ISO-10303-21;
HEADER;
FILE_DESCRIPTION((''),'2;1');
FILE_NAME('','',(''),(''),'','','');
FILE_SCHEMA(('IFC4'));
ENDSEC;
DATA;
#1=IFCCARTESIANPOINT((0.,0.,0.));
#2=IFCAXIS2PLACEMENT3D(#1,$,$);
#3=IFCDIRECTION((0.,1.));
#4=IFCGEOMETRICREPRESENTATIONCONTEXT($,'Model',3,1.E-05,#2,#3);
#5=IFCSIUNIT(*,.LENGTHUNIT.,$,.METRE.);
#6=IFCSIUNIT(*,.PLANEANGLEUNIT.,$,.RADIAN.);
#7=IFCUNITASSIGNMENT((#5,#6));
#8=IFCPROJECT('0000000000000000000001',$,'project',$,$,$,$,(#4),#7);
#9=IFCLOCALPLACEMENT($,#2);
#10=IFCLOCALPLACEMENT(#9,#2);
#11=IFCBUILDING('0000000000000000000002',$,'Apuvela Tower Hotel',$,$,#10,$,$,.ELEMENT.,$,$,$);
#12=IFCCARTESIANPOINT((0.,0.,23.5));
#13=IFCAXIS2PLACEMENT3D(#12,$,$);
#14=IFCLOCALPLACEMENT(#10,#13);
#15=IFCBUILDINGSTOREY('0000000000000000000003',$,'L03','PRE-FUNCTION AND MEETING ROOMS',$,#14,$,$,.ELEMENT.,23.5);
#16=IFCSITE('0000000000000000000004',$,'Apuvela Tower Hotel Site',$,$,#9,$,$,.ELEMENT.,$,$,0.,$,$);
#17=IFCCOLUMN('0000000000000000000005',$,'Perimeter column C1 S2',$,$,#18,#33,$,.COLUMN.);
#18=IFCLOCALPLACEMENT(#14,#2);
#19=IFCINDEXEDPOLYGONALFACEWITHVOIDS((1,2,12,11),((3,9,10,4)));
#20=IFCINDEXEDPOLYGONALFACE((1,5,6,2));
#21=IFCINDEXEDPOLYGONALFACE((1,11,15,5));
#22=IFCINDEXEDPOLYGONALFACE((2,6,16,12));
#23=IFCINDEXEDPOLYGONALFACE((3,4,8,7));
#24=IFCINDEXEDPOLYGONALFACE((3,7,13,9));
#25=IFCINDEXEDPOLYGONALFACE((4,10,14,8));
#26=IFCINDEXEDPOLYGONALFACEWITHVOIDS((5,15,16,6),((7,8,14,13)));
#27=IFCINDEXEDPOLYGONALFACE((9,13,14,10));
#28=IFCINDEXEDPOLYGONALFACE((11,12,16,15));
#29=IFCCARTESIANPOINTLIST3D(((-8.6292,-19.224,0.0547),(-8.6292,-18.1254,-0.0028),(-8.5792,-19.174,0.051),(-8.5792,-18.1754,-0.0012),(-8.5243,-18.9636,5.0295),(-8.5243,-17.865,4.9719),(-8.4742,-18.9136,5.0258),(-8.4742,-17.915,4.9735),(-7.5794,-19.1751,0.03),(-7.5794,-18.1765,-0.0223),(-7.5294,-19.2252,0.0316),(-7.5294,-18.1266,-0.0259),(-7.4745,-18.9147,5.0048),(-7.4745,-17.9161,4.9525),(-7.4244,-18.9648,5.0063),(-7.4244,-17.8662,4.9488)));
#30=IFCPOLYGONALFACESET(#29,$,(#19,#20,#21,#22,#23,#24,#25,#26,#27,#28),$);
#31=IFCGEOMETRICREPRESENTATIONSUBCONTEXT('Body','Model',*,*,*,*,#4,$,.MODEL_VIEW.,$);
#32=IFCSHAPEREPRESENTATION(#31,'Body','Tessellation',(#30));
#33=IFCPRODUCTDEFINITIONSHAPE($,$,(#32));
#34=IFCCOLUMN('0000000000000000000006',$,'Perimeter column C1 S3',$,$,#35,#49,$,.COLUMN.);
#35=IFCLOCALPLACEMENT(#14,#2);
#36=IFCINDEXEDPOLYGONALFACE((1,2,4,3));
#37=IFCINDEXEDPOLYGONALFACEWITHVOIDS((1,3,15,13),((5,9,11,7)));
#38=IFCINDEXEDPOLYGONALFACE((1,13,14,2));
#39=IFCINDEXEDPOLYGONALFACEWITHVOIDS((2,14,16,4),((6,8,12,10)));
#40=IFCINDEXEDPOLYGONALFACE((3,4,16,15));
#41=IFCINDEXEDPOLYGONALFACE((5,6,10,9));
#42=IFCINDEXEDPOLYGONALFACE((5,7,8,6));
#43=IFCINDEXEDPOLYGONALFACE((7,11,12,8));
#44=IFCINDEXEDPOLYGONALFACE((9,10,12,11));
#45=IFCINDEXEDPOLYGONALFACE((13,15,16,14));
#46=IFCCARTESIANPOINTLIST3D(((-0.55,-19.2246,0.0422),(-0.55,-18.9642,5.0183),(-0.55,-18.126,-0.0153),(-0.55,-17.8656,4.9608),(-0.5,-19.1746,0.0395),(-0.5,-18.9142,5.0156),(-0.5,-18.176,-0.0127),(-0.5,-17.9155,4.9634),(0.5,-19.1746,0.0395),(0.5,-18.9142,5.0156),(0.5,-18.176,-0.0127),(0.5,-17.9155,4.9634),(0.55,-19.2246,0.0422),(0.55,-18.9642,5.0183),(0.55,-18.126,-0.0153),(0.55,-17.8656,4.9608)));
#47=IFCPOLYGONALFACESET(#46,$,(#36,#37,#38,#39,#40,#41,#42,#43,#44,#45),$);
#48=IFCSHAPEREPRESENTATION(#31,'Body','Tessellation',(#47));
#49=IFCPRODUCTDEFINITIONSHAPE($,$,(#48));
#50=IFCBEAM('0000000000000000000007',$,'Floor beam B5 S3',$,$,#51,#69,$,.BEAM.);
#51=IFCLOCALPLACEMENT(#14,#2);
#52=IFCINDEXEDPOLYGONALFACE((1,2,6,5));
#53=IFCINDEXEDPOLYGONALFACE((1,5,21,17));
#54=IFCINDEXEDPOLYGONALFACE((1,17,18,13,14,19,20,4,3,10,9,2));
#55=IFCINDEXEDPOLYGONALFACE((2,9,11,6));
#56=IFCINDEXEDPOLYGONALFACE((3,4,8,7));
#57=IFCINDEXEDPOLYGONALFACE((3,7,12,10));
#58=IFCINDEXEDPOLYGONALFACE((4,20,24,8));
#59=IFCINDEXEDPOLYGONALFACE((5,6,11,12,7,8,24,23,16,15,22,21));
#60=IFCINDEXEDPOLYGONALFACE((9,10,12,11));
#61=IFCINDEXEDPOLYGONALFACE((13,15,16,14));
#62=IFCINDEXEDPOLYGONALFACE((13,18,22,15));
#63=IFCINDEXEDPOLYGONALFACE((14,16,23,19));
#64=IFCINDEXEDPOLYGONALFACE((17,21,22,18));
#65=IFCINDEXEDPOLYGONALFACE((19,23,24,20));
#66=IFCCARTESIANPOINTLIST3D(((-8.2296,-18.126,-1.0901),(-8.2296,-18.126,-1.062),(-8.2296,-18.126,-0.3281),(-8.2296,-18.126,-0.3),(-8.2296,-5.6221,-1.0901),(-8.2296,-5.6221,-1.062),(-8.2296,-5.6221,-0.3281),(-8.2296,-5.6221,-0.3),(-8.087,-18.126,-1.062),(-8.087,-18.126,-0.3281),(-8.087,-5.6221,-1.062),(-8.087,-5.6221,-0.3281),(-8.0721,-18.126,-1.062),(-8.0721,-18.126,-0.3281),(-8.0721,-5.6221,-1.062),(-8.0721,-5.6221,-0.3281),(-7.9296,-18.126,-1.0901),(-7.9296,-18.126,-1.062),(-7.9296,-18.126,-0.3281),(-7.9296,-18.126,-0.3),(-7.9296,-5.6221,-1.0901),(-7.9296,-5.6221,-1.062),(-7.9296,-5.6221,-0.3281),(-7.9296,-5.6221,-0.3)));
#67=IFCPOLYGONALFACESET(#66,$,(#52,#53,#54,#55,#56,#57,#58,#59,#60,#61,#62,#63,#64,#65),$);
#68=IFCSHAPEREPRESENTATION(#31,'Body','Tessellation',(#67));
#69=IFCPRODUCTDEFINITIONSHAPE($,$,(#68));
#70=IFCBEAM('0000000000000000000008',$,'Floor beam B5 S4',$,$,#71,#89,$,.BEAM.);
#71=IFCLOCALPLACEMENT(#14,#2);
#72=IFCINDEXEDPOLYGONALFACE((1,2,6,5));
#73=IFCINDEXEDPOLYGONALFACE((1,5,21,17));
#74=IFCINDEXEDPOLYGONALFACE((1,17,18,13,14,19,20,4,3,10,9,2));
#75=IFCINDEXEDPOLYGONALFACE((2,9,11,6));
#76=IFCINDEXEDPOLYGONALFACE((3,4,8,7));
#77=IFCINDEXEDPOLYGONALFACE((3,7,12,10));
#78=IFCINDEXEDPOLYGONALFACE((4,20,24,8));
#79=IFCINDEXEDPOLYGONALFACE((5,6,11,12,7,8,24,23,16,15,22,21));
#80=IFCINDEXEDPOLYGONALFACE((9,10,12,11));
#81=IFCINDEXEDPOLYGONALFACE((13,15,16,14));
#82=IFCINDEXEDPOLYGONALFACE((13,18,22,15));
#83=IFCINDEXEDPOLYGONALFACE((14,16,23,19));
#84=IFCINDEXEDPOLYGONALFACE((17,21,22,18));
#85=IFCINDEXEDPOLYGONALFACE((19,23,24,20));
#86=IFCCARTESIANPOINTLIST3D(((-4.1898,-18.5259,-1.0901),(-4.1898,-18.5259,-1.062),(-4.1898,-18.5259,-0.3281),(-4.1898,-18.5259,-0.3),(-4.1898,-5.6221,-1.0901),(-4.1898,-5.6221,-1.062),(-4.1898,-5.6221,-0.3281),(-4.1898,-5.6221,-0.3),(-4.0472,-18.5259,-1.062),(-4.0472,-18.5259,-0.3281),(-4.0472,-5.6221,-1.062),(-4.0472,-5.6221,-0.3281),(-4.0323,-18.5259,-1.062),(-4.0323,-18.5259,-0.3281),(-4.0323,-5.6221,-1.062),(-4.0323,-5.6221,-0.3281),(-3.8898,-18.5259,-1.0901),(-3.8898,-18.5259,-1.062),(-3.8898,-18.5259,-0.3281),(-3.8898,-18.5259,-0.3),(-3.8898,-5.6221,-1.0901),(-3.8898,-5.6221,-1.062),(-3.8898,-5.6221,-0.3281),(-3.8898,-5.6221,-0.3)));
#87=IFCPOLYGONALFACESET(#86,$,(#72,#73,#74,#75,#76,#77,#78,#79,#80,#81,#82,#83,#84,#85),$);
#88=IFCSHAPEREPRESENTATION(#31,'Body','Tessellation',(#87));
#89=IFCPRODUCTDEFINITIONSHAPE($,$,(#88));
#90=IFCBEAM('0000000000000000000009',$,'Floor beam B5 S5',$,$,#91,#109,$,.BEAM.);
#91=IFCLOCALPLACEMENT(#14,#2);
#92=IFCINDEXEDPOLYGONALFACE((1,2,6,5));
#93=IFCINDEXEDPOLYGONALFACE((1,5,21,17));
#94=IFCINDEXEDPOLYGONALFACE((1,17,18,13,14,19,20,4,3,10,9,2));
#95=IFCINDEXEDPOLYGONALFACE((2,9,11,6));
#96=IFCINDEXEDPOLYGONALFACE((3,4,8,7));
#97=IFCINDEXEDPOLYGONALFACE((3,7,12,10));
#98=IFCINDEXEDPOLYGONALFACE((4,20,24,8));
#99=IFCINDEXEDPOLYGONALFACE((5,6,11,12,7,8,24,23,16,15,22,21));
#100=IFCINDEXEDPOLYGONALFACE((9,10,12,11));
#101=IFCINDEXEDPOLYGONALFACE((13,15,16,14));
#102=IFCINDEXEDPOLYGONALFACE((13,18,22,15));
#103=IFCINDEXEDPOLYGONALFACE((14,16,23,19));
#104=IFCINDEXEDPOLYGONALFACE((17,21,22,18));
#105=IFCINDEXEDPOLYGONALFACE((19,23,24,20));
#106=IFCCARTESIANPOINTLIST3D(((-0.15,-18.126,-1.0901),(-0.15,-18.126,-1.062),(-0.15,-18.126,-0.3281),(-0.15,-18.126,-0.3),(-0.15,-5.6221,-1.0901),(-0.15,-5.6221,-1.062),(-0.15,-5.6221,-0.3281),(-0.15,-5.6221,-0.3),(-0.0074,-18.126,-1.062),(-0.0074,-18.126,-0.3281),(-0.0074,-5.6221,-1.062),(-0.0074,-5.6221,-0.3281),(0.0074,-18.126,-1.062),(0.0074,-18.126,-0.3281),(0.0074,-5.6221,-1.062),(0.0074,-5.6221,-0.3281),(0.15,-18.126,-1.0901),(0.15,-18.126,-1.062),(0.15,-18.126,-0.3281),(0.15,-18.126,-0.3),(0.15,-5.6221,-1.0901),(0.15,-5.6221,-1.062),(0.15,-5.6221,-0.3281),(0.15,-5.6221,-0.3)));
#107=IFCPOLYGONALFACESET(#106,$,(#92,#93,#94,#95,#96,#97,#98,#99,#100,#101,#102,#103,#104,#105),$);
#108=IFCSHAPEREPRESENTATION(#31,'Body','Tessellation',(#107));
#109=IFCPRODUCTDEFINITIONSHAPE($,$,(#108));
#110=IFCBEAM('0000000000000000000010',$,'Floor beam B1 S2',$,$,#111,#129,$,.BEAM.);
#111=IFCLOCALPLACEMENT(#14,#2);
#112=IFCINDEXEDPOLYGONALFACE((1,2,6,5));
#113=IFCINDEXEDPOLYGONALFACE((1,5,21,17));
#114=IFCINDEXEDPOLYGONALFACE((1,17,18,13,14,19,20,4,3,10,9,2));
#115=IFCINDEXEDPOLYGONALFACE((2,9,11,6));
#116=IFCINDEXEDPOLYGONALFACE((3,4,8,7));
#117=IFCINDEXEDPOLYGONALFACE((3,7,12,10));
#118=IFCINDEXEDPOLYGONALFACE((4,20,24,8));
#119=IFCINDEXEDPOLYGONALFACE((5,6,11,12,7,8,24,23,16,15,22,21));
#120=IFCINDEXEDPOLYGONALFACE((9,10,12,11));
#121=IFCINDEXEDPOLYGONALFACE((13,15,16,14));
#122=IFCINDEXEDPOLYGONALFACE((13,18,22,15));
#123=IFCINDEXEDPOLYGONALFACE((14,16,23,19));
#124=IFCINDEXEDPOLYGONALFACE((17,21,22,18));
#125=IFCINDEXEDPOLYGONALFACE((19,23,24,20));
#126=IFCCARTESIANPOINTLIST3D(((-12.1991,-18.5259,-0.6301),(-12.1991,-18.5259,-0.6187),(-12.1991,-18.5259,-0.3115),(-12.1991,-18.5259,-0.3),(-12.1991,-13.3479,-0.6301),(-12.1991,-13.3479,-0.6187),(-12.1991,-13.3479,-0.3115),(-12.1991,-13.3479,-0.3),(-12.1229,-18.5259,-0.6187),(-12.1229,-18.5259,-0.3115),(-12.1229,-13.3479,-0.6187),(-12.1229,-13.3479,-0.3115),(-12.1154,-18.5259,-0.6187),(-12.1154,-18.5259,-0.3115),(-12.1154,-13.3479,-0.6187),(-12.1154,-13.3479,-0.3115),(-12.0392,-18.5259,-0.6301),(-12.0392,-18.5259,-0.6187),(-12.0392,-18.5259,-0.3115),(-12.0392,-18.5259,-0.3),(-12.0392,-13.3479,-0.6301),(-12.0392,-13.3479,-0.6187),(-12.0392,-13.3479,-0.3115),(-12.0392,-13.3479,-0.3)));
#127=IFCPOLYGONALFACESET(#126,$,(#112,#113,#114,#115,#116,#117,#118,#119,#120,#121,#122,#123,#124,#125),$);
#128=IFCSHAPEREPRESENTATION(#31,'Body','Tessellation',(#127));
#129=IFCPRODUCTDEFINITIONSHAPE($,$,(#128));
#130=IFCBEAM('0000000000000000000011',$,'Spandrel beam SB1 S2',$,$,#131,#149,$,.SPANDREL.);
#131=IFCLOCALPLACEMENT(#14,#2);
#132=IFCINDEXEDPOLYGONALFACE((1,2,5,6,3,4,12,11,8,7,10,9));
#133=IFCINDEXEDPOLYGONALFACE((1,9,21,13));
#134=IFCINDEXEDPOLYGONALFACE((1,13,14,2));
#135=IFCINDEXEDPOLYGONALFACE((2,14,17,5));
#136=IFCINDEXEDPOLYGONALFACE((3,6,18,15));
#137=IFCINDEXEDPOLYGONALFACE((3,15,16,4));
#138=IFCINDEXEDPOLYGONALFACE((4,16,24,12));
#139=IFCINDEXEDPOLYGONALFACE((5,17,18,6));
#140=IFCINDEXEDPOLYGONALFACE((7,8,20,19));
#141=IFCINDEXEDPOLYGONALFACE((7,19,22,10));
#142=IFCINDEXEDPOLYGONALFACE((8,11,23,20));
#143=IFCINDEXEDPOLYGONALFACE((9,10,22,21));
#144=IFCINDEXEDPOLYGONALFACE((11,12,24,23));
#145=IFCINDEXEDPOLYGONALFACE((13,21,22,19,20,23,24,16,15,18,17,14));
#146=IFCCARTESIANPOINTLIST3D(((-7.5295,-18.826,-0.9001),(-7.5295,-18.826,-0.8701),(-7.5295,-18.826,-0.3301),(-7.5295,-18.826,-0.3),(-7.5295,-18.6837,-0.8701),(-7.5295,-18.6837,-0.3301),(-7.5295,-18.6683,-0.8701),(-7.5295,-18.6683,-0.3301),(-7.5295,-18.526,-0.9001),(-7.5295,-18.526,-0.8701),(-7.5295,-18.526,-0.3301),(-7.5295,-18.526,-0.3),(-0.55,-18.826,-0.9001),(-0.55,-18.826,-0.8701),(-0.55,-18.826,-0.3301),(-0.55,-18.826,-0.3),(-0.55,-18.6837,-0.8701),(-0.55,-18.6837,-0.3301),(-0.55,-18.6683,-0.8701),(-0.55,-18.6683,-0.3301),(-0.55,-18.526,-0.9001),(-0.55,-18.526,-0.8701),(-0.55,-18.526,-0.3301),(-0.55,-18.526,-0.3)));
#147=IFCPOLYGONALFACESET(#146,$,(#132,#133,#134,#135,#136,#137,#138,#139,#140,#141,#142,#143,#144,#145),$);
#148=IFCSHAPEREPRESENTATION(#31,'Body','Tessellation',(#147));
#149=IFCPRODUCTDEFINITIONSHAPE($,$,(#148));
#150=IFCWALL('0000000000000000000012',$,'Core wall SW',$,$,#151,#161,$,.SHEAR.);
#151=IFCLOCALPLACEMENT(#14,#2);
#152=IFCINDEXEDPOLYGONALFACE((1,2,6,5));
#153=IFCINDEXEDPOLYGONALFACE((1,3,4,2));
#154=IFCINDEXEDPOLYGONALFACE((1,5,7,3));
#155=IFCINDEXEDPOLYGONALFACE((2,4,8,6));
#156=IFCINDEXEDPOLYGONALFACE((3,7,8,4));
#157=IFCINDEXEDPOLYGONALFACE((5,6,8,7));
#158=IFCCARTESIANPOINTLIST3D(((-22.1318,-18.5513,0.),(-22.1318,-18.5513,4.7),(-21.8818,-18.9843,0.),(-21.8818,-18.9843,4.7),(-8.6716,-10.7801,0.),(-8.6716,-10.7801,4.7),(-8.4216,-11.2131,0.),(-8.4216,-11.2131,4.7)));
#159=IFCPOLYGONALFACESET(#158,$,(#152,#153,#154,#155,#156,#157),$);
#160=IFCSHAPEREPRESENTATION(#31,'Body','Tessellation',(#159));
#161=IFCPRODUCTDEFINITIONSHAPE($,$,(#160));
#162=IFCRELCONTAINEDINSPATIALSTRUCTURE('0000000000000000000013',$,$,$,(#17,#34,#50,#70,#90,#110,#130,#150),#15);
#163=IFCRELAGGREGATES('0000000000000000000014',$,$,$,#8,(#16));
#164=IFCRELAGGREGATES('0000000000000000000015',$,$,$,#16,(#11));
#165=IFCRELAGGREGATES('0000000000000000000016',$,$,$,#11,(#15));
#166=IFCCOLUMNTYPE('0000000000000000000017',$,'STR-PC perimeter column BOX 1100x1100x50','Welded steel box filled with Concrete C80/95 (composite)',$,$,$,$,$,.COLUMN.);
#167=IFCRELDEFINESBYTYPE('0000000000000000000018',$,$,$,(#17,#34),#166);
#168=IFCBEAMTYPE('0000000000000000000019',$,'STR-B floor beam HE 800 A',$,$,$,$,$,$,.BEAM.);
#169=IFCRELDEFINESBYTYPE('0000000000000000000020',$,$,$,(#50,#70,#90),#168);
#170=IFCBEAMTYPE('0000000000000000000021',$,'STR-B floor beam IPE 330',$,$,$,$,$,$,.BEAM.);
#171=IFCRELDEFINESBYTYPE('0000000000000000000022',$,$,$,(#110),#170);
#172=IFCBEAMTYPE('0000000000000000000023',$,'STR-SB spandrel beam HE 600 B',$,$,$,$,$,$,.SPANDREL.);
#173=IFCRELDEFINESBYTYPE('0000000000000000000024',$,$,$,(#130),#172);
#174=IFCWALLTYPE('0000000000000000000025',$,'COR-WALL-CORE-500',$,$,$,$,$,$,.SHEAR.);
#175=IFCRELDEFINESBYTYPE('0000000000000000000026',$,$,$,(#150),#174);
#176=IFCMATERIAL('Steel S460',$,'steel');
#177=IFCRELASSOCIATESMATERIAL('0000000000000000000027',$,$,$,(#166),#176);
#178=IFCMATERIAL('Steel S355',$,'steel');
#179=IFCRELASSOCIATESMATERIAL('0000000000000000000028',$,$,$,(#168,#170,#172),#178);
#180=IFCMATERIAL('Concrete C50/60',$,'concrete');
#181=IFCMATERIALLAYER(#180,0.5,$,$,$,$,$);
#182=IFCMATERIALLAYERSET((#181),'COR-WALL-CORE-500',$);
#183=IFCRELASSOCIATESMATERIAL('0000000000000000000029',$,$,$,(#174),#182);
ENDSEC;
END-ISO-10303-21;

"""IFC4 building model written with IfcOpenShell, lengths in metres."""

from ifc_helpers import new_model, si_unit, direction, frame, frame_2d, origin, origin_2d, place, context, subcontext, project, spatial, rectangle, hollow_rectangle, i_section, extrude, boolean, halfspace, material, layer, layer_set, material_profile, profile_set, type_object, element, save


model = new_model("IFC4")

# Units and contexts
model_context = context("Model", 3, precision=1e-05, world=origin(), true_north=direction((0.0, 1.0)))
body_context = subcontext(model_context, "Body", "Model", "MODEL_VIEW")
ifc_project = project(units=[si_unit("LENGTHUNIT", "METRE"), si_unit("PLANEANGLEUNIT", "RADIAN")], contexts=[model_context])

# Site, building, storey
site_placement = place(None, origin())
site = spatial("IfcSite", under=ifc_project, at=site_placement, Name="Apuvela Tower Hotel Site", CompositionType="ELEMENT", RefElevation=0.0)
building_placement = place(site_placement, origin())
building = spatial("IfcBuilding", under=site, at=building_placement, Name="Apuvela Tower Hotel", CompositionType="ELEMENT")
storey_placement = place(building_placement, frame((0.0, 0.0, 23.5)))
storey = spatial("IfcBuildingStorey", under=building, at=storey_placement, Name="L03", Description="PRE-FUNCTION AND MEETING ROOMS", CompositionType="ELEMENT", Elevation=23.5)

# Columns
ifc_material_1 = material(Name="Steel S460", Category="steel")
ifc_material_profile_1 = material_profile(ifc_material_1, hollow_rectangle(XDim=1.1001, YDim=1.1001, WallThickness=0.05, at=origin_2d()), Name="BOX 1100x1100x50")
ifc_material_2 = material(Name="Concrete C80/95", Category="concrete")
ifc_material_profile_2 = material_profile(ifc_material_2, rectangle(XDim=1.0, YDim=1.0, at=origin_2d()), Name="Concrete C80/95 infill")
ifc_profile_set_1 = profile_set([ifc_material_profile_1, ifc_material_profile_2], Name="Steel S460")
column_type = type_object("IfcColumnType", Name="STR-PC perimeter column BOX 1100x1100x50", Description="Welded steel box filled with Concrete C80/95 (composite)", PredefinedType="COLUMN", material=ifc_profile_set_1)
column_1_placement = place(storey_placement, frame((-8.0796, -18.676, 0.0), z_axis=(0.02106, 0.052261, 0.998411), x_axis=(-0.999778, 0.001086, 0.021032)))
element("IfcColumn", 1, at=column_1_placement, inside=storey, type_object=column_type, Name="Perimeter column C1 S2", PredefinedType="COLUMN", context=body_context, shape_type="SweptSolid", body=[
    boolean("DIFFERENCE", boolean("DIFFERENCE", extrude(hollow_rectangle(XDim=1.1001, YDim=1.1001, WallThickness=0.05, at=origin_2d()), origin(), (0.0, 0.0, 1.0), 5.0081), halfspace(frame((0.0, 0.0, 0.0144), z_axis=(0.0, 0.0, 1.0), x_axis=(1.0, 0.0, 0.0)), True)), halfspace(frame((0.0, 0.0, 4.9971), z_axis=(0.0, 0.0, 1.0), x_axis=(1.0, 0.0, 0.0)), False)),
])
column_2_placement = place(storey_placement, frame((0.0, -18.676, 0.0), z_axis=(0.0, 0.052272, 0.998633), x_axis=(-1.0, 0.0, 0.0)))
element("IfcColumn", 2, at=column_2_placement, inside=storey, type_object=column_type, Name="Perimeter column C1 S3", PredefinedType="COLUMN", context=body_context, shape_type="SweptSolid", body=[
    boolean("DIFFERENCE", boolean("DIFFERENCE", extrude(hollow_rectangle(XDim=1.1001, YDim=1.1001, WallThickness=0.05, at=origin_2d()), origin(), (0.0, 0.0, 1.0), 5.0068), halfspace(frame((0.0, 0.0, 0.0134), z_axis=(0.0, 0.0, 1.0), x_axis=(1.0, 0.0, 0.0)), True)), halfspace(frame((0.0, 0.0, 4.9963), z_axis=(0.0, 0.0, 1.0), x_axis=(1.0, 0.0, 0.0)), False)),
])

# Beams
ifc_material_3 = material(Name="Steel S355", Category="steel")
ifc_material_profile_3 = material_profile(ifc_material_3, i_section(OverallWidth=0.3, OverallDepth=0.79, WebThickness=0.0149, FlangeThickness=0.0281, at=origin_2d()), Name="HE 800 A")
ifc_profile_set_2 = profile_set([ifc_material_profile_3], Name="Steel S355")
beam_type_1 = type_object("IfcBeamType", Name="STR-B floor beam HE 800 A", PredefinedType="BEAM", material=ifc_profile_set_2)
beam_1_placement = place(storey_placement, frame((-8.0796, -18.126, -0.6951), z_axis=(0.0, 1.0, 0.0), x_axis=(-1.0, 0.0, 0.0)))
element("IfcBeam", 3, at=beam_1_placement, inside=storey, type_object=beam_type_1, Name="Floor beam B5 S3", PredefinedType="BEAM", context=body_context, shape_type="SweptSolid", body=[
    extrude(i_section(OverallWidth=0.3, OverallDepth=0.79, WebThickness=0.0149, FlangeThickness=0.0281, at=origin_2d()), origin(), (0.0, 0.0, 1.0), 12.5039),
])
beam_2_placement = place(storey_placement, frame((-4.0398, -18.5259, -0.6951), z_axis=(0.0, 1.0, 0.0), x_axis=(-1.0, 0.0, 0.0)))
element("IfcBeam", 4, at=beam_2_placement, inside=storey, type_object=beam_type_1, Name="Floor beam B5 S4", PredefinedType="BEAM", context=body_context, shape_type="SweptSolid", body=[
    extrude(i_section(OverallWidth=0.3, OverallDepth=0.79, WebThickness=0.0149, FlangeThickness=0.0281, at=origin_2d()), origin(), (0.0, 0.0, 1.0), 12.9038),
])
beam_3_placement = place(storey_placement, frame((0.0, -18.126, -0.6951), z_axis=(0.0, 1.0, 0.0), x_axis=(-1.0, 0.0, 0.0)))
element("IfcBeam", 5, at=beam_3_placement, inside=storey, type_object=beam_type_1, Name="Floor beam B5 S5", PredefinedType="BEAM", context=body_context, shape_type="SweptSolid", body=[
    extrude(i_section(OverallWidth=0.3, OverallDepth=0.79, WebThickness=0.0149, FlangeThickness=0.0281, at=origin_2d()), origin(), (0.0, 0.0, 1.0), 12.5039),
])
ifc_material_profile_4 = material_profile(ifc_material_3, i_section(OverallWidth=0.1599, OverallDepth=0.3301, WebThickness=0.0076, FlangeThickness=0.0115, at=origin_2d()), Name="IPE 330")
ifc_profile_set_3 = profile_set([ifc_material_profile_4], Name="Steel S355")
beam_type_2 = type_object("IfcBeamType", Name="STR-B floor beam IPE 330", PredefinedType="BEAM", material=ifc_profile_set_3)
beam_4_placement = place(storey_placement, frame((-12.1191, -18.5259, -0.4651), z_axis=(0.0, 1.0, 0.0), x_axis=(-1.0, 0.0, 0.0)))
element("IfcBeam", 6, at=beam_4_placement, inside=storey, type_object=beam_type_2, Name="Floor beam B1 S2", PredefinedType="BEAM", context=body_context, shape_type="SweptSolid", body=[
    extrude(i_section(OverallWidth=0.1599, OverallDepth=0.3301, WebThickness=0.0076, FlangeThickness=0.0115, at=origin_2d()), origin(), (0.0, 0.0, 1.0), 5.178),
])
ifc_material_profile_5 = material_profile(ifc_material_3, i_section(OverallWidth=0.3, OverallDepth=0.6001, WebThickness=0.0154, FlangeThickness=0.03, at=origin_2d()), Name="HE 600 B")
ifc_profile_set_4 = profile_set([ifc_material_profile_5], Name="Steel S355")
beam_type_3 = type_object("IfcBeamType", Name="STR-SB spandrel beam HE 600 B", PredefinedType="SPANDREL", material=ifc_profile_set_4)
beam_5_placement = place(storey_placement, frame((-7.5295, -18.676, -0.6001), z_axis=(1.0, 0.0, 0.0), x_axis=(0.0, 1.0, 0.0)))
element("IfcBeam", 7, at=beam_5_placement, inside=storey, type_object=beam_type_3, Name="Spandrel beam SB1 S2", PredefinedType="SPANDREL", context=body_context, shape_type="SweptSolid", body=[
    extrude(i_section(OverallWidth=0.3, OverallDepth=0.6001, WebThickness=0.0154, FlangeThickness=0.03, at=origin_2d()), origin(), (0.0, 0.0, 1.0), 6.9795),
])

# Wall
ifc_material_4 = material(Name="Concrete C50/60", Category="concrete")
ifc_layer_1 = layer(ifc_material_4, 0.5)
ifc_layer_set_1 = layer_set([ifc_layer_1], Name="COR-WALL-CORE-500")
wall_type_1 = type_object("IfcWallType", Name="COR-WALL-CORE-500", PredefinedType="SHEAR", material=ifc_layer_set_1)
wall_1_placement = place(storey_placement, frame((-8.5466, -10.9966, 0.0), z_axis=(0.0, 0.0, 1.0), x_axis=(-0.866026, -0.499999, 0.0)))
element("IfcWall", 8, at=wall_1_placement, inside=storey, type_object=wall_type_1, Name="Core wall SW", PredefinedType="SHEAR", context=body_context, shape_type="SweptSolid", body=[
    extrude(rectangle(XDim=15.5425, YDim=0.5, at=frame_2d((7.7712, 0.0))), origin(), (0.0, 0.0, 1.0), 4.7),
])

save(model, "model.ifc")
